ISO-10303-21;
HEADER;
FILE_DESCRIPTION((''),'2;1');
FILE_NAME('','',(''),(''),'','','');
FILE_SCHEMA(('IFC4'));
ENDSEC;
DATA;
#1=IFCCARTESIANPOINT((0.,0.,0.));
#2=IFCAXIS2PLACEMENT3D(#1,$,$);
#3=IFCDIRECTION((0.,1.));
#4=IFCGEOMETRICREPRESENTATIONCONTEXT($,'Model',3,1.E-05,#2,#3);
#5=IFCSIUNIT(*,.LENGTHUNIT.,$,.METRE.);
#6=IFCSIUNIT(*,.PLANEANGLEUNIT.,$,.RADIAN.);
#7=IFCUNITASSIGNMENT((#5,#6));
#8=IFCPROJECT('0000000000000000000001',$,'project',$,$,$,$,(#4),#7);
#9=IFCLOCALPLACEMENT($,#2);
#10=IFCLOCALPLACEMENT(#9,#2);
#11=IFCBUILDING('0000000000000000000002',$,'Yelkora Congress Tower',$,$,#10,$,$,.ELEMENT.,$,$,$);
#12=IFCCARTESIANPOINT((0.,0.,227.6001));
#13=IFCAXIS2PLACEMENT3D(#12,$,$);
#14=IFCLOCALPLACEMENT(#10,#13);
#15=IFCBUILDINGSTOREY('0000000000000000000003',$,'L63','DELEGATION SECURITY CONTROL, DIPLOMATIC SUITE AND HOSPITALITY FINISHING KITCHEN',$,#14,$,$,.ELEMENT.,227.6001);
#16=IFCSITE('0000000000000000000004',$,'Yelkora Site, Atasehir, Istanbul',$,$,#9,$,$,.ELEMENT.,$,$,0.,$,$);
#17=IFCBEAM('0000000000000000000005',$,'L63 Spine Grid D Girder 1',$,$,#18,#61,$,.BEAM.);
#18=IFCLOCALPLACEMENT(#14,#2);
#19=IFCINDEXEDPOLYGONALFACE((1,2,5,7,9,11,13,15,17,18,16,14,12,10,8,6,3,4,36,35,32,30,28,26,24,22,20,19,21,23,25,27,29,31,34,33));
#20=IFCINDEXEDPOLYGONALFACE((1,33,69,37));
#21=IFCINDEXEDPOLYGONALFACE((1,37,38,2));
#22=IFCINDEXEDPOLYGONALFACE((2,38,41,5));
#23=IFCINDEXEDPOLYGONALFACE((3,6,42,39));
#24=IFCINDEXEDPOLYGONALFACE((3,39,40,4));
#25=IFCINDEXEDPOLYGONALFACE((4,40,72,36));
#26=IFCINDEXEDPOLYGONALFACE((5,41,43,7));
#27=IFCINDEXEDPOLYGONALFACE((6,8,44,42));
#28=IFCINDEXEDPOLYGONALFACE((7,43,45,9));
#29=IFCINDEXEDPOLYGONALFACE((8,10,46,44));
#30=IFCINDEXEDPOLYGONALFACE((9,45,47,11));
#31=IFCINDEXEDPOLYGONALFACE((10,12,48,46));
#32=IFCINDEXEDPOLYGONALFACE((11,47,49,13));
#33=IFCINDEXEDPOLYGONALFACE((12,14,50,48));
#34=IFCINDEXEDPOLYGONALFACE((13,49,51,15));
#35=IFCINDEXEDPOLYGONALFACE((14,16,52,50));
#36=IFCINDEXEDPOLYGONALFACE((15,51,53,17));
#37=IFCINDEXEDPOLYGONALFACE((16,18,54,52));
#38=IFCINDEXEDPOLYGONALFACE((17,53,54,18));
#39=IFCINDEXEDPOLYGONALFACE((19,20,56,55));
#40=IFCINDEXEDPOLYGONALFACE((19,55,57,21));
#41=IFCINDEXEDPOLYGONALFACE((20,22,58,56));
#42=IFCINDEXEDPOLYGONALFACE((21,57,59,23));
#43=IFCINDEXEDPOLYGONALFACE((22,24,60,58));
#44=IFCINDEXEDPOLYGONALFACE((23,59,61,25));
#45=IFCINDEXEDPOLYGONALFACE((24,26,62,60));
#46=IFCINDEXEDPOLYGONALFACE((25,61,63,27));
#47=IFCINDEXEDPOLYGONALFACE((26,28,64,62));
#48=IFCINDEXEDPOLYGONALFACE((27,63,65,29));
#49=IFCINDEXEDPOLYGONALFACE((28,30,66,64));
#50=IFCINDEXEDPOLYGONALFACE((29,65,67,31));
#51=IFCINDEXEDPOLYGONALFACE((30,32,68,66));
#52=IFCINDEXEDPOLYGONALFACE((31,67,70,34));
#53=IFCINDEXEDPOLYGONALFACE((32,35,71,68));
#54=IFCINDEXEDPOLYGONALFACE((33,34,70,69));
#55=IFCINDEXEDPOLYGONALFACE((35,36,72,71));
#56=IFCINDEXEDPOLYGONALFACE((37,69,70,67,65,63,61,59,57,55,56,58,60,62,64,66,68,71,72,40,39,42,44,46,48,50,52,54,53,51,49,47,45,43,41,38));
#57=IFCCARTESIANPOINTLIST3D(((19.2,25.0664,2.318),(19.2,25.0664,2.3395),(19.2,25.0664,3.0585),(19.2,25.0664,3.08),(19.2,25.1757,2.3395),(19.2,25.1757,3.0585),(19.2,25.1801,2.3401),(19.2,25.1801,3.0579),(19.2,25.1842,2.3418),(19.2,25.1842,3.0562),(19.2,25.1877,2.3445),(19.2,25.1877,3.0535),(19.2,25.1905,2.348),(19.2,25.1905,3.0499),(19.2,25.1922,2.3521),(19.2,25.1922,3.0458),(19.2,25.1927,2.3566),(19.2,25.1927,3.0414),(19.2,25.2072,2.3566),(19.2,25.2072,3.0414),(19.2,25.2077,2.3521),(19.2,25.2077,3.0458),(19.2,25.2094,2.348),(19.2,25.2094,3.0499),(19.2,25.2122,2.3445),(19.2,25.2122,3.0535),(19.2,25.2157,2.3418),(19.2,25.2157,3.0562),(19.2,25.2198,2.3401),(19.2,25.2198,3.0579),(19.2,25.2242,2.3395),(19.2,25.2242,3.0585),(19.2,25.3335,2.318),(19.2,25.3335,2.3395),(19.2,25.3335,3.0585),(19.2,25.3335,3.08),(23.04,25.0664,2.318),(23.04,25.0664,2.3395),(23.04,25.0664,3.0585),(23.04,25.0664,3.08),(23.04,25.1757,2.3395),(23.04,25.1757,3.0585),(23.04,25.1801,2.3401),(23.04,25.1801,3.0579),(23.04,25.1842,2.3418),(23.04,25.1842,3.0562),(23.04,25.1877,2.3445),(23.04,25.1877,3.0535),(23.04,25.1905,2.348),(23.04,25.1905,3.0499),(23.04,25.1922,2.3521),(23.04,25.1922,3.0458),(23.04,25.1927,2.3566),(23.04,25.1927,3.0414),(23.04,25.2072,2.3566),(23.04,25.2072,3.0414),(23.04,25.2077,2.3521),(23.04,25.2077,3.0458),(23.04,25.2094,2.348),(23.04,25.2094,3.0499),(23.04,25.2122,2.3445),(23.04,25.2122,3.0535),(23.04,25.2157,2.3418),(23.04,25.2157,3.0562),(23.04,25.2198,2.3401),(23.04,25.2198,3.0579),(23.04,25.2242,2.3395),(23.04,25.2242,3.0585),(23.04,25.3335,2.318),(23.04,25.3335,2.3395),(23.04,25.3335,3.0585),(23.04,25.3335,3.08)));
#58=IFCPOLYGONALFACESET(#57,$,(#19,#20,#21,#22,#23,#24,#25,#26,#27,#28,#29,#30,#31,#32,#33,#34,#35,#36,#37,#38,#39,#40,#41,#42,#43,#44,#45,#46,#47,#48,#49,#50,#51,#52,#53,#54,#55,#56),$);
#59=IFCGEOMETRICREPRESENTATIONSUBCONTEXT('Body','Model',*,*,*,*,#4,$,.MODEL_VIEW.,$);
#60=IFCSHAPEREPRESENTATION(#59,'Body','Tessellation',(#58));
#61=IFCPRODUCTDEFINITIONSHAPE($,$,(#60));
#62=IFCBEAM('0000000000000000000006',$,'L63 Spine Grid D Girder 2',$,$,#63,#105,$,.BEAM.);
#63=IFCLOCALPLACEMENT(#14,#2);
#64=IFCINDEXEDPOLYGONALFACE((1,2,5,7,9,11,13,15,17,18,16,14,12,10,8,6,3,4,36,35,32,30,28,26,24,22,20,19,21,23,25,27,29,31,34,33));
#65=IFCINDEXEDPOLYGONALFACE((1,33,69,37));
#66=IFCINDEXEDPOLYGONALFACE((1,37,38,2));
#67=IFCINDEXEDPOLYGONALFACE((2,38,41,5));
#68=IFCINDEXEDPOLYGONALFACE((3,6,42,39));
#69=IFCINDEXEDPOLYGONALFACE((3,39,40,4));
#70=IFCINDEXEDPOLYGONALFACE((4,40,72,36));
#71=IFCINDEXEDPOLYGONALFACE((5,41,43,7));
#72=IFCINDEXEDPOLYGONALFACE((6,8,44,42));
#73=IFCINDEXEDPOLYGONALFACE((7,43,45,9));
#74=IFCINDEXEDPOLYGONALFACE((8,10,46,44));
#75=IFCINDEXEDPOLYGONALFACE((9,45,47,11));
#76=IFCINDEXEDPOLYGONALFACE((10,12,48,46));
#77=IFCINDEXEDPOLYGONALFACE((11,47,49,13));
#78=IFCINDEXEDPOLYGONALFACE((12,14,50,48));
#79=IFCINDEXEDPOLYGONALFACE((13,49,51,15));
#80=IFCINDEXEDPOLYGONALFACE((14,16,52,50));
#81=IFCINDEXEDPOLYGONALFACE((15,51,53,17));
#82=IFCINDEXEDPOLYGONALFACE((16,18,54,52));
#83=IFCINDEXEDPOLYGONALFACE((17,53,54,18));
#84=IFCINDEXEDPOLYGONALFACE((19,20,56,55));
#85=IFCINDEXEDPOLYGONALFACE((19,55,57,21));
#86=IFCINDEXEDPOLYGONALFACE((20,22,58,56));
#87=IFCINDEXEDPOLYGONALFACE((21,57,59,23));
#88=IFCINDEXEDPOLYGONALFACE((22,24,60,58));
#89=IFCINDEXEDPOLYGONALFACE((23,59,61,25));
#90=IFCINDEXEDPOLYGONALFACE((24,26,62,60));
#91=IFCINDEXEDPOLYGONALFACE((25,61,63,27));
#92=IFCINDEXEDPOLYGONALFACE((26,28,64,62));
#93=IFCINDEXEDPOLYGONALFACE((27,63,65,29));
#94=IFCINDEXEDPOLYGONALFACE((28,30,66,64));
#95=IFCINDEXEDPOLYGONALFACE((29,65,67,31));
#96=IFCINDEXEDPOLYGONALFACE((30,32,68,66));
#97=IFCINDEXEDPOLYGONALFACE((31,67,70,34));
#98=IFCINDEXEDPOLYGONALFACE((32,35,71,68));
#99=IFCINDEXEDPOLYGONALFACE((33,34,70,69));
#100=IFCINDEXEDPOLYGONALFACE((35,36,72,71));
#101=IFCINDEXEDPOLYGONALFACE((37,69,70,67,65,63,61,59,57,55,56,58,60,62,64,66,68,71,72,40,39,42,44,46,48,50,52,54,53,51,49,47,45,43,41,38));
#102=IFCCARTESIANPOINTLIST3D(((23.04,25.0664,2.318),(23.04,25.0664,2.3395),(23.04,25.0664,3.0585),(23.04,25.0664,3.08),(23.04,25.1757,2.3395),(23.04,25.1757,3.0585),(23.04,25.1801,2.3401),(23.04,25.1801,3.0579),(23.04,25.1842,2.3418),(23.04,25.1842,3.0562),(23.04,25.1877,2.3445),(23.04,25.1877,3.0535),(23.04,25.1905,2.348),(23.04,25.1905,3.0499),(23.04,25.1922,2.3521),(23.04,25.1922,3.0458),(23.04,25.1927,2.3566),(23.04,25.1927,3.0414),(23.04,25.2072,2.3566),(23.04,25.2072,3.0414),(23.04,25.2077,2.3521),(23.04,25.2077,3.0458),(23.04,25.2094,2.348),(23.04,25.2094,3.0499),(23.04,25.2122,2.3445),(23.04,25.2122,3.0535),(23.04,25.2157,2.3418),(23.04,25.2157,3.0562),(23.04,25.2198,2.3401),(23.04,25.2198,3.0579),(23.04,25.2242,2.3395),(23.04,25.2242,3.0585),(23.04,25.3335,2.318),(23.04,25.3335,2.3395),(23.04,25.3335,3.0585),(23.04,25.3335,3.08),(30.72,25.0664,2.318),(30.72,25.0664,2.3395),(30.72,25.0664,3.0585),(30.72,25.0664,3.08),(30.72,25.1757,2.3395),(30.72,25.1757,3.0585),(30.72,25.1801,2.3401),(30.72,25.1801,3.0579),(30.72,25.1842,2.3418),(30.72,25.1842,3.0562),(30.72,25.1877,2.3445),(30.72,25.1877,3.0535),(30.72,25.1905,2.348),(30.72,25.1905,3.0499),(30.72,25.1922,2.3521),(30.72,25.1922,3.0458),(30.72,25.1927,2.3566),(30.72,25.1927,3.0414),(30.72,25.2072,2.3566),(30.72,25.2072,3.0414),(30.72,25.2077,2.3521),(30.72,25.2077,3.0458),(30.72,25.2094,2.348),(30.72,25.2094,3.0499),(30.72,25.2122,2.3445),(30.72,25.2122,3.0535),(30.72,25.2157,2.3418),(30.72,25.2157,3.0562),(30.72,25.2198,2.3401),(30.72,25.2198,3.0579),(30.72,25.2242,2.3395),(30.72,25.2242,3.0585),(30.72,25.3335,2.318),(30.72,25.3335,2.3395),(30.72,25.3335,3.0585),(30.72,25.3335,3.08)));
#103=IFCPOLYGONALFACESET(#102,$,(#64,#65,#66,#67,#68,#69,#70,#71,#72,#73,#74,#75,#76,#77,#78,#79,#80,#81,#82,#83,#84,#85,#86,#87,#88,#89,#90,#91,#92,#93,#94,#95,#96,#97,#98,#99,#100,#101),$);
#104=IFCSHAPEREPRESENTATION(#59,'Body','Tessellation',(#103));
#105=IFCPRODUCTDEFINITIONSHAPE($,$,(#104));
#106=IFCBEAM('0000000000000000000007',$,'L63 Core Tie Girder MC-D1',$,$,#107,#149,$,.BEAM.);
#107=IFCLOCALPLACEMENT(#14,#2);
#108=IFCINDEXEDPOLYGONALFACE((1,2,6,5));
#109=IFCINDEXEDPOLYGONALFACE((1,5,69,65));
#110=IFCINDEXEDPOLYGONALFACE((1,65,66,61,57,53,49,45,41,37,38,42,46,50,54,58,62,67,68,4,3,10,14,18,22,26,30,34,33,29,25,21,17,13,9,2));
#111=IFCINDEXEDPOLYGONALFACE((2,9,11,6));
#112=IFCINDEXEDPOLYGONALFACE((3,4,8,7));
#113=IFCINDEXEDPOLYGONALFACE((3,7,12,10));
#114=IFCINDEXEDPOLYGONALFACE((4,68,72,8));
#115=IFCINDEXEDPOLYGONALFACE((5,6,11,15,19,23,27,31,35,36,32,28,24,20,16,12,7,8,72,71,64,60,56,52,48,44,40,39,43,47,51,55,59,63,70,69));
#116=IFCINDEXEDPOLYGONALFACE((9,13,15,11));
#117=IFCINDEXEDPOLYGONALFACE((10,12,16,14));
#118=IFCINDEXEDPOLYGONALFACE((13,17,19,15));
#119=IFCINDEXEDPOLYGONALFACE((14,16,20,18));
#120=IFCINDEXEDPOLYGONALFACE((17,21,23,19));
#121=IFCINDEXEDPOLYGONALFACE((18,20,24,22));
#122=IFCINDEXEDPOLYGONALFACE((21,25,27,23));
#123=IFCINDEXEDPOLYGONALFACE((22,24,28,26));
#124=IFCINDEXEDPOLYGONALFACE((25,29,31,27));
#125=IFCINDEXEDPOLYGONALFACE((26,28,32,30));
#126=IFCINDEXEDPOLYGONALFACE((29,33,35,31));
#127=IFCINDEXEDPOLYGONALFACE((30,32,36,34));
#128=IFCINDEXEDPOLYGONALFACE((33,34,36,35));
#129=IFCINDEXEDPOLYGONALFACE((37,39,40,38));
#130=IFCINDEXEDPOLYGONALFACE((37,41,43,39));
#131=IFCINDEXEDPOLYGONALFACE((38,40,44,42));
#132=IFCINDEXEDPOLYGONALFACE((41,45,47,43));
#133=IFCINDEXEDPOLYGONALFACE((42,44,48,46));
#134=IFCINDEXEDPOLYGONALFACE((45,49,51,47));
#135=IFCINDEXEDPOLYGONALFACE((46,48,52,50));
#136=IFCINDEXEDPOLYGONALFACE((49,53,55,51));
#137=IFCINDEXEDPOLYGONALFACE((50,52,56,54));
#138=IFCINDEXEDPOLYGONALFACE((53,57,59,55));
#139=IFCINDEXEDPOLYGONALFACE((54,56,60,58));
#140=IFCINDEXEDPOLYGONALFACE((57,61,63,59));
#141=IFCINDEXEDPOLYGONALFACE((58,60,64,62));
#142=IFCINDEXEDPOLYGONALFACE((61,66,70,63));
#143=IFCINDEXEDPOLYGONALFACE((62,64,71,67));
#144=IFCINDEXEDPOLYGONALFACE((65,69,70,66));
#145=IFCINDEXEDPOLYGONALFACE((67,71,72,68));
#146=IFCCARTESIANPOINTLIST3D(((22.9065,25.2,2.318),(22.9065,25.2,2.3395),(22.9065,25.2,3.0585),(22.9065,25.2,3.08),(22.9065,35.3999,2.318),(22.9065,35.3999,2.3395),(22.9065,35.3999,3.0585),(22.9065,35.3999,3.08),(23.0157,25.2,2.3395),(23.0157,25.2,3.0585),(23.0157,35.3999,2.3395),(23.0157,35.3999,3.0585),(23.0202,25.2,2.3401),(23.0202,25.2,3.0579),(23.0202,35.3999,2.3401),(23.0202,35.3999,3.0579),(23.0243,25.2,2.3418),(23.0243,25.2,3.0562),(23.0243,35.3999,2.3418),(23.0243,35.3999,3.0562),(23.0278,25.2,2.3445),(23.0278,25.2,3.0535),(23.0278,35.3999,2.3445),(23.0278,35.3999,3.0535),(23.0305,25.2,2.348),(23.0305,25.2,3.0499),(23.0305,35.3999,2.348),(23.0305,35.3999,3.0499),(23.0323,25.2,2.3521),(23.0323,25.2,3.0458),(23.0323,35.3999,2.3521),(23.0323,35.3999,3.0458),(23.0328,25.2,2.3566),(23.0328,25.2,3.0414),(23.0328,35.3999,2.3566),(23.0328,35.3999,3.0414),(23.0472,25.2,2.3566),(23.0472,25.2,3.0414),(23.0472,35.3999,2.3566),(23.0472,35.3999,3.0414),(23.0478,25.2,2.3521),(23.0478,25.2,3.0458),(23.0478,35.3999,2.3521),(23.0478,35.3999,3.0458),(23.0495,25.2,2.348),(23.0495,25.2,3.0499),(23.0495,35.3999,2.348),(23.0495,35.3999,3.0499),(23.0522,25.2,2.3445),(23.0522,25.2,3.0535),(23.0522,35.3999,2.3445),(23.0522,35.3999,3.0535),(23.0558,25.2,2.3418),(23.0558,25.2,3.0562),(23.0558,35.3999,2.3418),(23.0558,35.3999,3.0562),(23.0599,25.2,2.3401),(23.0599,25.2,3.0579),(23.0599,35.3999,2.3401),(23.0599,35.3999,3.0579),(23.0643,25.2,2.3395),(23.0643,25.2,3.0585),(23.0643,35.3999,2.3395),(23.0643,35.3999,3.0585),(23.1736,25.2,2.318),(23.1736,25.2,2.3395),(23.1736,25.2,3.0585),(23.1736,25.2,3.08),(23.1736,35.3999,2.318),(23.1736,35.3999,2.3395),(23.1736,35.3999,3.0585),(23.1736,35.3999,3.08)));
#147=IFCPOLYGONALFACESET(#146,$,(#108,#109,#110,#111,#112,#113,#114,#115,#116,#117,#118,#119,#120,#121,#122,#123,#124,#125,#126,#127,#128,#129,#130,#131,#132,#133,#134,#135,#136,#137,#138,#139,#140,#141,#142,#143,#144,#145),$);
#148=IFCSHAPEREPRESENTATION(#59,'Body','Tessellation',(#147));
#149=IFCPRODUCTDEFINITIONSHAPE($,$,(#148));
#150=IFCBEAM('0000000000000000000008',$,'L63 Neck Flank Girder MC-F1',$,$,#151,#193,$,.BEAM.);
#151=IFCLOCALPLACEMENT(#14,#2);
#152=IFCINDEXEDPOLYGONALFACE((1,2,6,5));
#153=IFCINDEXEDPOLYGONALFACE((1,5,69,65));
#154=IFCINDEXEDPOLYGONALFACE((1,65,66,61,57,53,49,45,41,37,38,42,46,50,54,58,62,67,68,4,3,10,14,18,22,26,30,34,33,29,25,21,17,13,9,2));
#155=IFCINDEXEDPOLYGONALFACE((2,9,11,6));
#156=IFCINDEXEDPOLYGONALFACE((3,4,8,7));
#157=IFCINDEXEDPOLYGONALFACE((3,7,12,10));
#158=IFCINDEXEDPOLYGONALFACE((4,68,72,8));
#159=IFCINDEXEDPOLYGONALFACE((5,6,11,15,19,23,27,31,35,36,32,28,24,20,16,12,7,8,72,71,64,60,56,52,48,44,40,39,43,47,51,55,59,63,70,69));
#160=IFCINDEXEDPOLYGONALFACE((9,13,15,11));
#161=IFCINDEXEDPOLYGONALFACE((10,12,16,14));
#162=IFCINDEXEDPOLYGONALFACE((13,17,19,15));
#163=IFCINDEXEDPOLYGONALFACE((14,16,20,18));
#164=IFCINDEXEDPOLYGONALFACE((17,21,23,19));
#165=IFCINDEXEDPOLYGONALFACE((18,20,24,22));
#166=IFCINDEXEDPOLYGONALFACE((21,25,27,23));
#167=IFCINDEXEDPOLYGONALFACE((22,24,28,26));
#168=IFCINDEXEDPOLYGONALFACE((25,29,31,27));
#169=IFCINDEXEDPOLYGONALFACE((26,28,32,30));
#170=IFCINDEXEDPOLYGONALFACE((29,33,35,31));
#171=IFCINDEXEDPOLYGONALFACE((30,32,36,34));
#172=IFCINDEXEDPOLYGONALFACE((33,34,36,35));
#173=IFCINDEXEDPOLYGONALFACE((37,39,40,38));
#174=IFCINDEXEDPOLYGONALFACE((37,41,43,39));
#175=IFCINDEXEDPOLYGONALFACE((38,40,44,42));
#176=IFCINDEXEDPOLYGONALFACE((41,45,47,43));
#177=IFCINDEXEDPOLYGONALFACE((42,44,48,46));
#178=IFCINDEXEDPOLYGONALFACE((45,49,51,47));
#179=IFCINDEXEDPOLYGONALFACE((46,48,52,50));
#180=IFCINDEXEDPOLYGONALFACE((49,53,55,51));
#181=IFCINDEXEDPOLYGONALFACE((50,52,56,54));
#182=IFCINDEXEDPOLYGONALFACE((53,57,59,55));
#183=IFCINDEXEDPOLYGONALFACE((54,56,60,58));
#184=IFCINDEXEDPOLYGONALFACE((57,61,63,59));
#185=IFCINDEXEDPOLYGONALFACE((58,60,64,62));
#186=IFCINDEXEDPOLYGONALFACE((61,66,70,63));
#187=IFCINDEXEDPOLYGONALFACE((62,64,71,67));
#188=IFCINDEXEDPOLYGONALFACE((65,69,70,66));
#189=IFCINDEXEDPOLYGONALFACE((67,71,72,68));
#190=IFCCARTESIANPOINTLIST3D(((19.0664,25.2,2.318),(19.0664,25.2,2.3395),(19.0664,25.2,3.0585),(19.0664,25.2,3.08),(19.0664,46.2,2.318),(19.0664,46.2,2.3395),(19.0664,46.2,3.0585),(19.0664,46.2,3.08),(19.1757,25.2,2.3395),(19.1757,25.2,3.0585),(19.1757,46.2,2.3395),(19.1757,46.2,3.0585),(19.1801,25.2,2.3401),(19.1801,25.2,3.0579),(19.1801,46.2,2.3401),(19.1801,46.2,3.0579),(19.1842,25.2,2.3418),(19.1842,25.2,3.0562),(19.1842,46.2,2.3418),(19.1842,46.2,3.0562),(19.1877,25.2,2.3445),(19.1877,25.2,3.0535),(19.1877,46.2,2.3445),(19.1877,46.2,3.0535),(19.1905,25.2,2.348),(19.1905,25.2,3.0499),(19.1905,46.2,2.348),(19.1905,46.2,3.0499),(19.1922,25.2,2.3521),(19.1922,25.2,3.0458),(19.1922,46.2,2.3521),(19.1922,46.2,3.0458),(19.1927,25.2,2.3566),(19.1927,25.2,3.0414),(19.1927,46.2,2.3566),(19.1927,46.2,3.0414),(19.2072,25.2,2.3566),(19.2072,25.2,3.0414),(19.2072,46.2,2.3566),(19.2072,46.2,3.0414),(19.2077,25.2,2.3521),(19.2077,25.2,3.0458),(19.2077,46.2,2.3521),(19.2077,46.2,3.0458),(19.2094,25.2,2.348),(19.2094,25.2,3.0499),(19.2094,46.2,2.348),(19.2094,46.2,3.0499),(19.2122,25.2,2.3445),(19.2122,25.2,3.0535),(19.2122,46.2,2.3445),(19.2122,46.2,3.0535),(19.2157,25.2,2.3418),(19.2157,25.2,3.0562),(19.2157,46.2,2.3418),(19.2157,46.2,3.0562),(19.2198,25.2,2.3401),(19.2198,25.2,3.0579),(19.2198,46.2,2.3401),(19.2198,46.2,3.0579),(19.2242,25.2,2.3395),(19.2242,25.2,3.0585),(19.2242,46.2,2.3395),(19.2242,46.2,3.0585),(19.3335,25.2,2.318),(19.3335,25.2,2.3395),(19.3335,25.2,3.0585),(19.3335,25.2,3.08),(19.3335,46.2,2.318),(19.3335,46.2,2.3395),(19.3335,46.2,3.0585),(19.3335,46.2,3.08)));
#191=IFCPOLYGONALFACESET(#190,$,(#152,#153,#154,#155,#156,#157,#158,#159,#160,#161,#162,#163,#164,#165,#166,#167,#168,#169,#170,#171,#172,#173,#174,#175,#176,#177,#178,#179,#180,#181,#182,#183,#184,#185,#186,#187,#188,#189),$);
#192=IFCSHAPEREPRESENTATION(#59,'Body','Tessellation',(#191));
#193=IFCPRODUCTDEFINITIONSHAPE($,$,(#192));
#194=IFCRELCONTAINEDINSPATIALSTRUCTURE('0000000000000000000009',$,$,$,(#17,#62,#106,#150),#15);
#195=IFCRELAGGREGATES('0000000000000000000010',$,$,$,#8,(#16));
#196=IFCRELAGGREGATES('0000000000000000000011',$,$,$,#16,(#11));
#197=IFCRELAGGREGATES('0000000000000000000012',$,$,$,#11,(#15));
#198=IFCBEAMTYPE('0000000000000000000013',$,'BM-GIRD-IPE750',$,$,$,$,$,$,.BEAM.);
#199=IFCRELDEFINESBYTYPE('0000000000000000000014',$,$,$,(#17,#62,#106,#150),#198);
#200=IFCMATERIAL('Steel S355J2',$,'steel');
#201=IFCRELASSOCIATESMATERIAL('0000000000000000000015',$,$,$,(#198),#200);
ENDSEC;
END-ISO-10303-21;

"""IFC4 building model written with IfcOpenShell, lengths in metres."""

from ifc_helpers import new_model, si_unit, direction, frame, origin, origin_2d, place, context, subcontext, project, spatial, i_section, extrude, material, material_profile, profile_set, type_object, element, save


model = new_model("IFC4")

# Units and contexts
model_context = context("Model", 3, precision=1e-05, world=origin(), true_north=direction((0.0, 1.0)))
body_context = subcontext(model_context, "Body", "Model", "MODEL_VIEW")
ifc_project = project(units=[si_unit("LENGTHUNIT", "METRE"), si_unit("PLANEANGLEUNIT", "RADIAN")], contexts=[model_context])

# Site, building, storey
site_placement = place(None, origin())
site = spatial("IfcSite", under=ifc_project, at=site_placement, Name="Yelkora Site, Atasehir, Istanbul", CompositionType="ELEMENT", RefElevation=0.0)
building_placement = place(site_placement, origin())
building = spatial("IfcBuilding", under=site, at=building_placement, Name="Yelkora Congress Tower", CompositionType="ELEMENT")
storey_placement = place(building_placement, frame((0.0, 0.0, 227.6001)))
storey = spatial("IfcBuildingStorey", under=building, at=storey_placement, Name="L63", Description="DELEGATION SECURITY CONTROL, DIPLOMATIC SUITE AND HOSPITALITY FINISHING KITCHEN", CompositionType="ELEMENT", Elevation=227.6001)

# Shared definitions
ifc_material_1 = material(Name="Steel S355J2", Category="steel")

# Beams
ifc_material_profile_1 = material_profile(ifc_material_1, i_section(OverallWidth=0.2671, OverallDepth=0.762, WebThickness=0.0144, FlangeThickness=0.0215, FilletRadius=0.0171, at=origin_2d()), Name="IPE 750x173")
ifc_profile_set_1 = profile_set([ifc_material_profile_1], Name="Steel S355J2")
beam_type_1 = type_object("IfcBeamType", Name="BM-GIRD-IPE750", PredefinedType="BEAM", material=ifc_profile_set_1)
beam_1_placement = place(storey_placement, frame((19.2, 25.2, 2.699), z_axis=(1.0, 0.0, 0.0), x_axis=(0.0, 1.0, 0.0)))
element("IfcBeam", 1, at=beam_1_placement, inside=storey, type_object=beam_type_1, Name="L63 Spine Grid D Girder 1", PredefinedType="BEAM", context=body_context, shape_type="SweptSolid", body=[
    extrude(i_section(OverallWidth=0.2671, OverallDepth=0.762, WebThickness=0.0144, FlangeThickness=0.0215, FilletRadius=0.0171, at=origin_2d()), origin(), (0.0, 0.0, 1.0), 3.8401),
])
beam_2_placement = place(storey_placement, frame((23.04, 25.2, 2.699), z_axis=(1.0, 0.0, 0.0), x_axis=(0.0, 1.0, 0.0)))
element("IfcBeam", 2, at=beam_2_placement, inside=storey, type_object=beam_type_1, Name="L63 Spine Grid D Girder 2", PredefinedType="BEAM", context=body_context, shape_type="SweptSolid", body=[
    extrude(i_section(OverallWidth=0.2671, OverallDepth=0.762, WebThickness=0.0144, FlangeThickness=0.0215, FilletRadius=0.0171, at=origin_2d()), origin(), (0.0, 0.0, 1.0), 7.6799),
])
beam_3_placement = place(storey_placement, frame((23.04, 25.2, 2.699), z_axis=(0.0, 1.0, 0.0), x_axis=(-1.0, 0.0, 0.0)))
element("IfcBeam", 3, at=beam_3_placement, inside=storey, type_object=beam_type_1, Name="L63 Core Tie Girder MC-D1", PredefinedType="BEAM", context=body_context, shape_type="SweptSolid", body=[
    extrude(i_section(OverallWidth=0.2671, OverallDepth=0.762, WebThickness=0.0144, FlangeThickness=0.0215, FilletRadius=0.0171, at=origin_2d()), origin(), (0.0, 0.0, 1.0), 10.2),
])
beam_4_placement = place(storey_placement, frame((19.2, 25.2, 2.699), z_axis=(0.0, 1.0, 0.0), x_axis=(-1.0, 0.0, 0.0)))
element("IfcBeam", 4, at=beam_4_placement, inside=storey, type_object=beam_type_1, Name="L63 Neck Flank Girder MC-F1", PredefinedType="BEAM", context=body_context, shape_type="SweptSolid", body=[
    extrude(i_section(OverallWidth=0.2671, OverallDepth=0.762, WebThickness=0.0144, FlangeThickness=0.0215, FilletRadius=0.0171, at=origin_2d()), origin(), (0.0, 0.0, 1.0), 21.0),
])

save(model, "model.ifc")
